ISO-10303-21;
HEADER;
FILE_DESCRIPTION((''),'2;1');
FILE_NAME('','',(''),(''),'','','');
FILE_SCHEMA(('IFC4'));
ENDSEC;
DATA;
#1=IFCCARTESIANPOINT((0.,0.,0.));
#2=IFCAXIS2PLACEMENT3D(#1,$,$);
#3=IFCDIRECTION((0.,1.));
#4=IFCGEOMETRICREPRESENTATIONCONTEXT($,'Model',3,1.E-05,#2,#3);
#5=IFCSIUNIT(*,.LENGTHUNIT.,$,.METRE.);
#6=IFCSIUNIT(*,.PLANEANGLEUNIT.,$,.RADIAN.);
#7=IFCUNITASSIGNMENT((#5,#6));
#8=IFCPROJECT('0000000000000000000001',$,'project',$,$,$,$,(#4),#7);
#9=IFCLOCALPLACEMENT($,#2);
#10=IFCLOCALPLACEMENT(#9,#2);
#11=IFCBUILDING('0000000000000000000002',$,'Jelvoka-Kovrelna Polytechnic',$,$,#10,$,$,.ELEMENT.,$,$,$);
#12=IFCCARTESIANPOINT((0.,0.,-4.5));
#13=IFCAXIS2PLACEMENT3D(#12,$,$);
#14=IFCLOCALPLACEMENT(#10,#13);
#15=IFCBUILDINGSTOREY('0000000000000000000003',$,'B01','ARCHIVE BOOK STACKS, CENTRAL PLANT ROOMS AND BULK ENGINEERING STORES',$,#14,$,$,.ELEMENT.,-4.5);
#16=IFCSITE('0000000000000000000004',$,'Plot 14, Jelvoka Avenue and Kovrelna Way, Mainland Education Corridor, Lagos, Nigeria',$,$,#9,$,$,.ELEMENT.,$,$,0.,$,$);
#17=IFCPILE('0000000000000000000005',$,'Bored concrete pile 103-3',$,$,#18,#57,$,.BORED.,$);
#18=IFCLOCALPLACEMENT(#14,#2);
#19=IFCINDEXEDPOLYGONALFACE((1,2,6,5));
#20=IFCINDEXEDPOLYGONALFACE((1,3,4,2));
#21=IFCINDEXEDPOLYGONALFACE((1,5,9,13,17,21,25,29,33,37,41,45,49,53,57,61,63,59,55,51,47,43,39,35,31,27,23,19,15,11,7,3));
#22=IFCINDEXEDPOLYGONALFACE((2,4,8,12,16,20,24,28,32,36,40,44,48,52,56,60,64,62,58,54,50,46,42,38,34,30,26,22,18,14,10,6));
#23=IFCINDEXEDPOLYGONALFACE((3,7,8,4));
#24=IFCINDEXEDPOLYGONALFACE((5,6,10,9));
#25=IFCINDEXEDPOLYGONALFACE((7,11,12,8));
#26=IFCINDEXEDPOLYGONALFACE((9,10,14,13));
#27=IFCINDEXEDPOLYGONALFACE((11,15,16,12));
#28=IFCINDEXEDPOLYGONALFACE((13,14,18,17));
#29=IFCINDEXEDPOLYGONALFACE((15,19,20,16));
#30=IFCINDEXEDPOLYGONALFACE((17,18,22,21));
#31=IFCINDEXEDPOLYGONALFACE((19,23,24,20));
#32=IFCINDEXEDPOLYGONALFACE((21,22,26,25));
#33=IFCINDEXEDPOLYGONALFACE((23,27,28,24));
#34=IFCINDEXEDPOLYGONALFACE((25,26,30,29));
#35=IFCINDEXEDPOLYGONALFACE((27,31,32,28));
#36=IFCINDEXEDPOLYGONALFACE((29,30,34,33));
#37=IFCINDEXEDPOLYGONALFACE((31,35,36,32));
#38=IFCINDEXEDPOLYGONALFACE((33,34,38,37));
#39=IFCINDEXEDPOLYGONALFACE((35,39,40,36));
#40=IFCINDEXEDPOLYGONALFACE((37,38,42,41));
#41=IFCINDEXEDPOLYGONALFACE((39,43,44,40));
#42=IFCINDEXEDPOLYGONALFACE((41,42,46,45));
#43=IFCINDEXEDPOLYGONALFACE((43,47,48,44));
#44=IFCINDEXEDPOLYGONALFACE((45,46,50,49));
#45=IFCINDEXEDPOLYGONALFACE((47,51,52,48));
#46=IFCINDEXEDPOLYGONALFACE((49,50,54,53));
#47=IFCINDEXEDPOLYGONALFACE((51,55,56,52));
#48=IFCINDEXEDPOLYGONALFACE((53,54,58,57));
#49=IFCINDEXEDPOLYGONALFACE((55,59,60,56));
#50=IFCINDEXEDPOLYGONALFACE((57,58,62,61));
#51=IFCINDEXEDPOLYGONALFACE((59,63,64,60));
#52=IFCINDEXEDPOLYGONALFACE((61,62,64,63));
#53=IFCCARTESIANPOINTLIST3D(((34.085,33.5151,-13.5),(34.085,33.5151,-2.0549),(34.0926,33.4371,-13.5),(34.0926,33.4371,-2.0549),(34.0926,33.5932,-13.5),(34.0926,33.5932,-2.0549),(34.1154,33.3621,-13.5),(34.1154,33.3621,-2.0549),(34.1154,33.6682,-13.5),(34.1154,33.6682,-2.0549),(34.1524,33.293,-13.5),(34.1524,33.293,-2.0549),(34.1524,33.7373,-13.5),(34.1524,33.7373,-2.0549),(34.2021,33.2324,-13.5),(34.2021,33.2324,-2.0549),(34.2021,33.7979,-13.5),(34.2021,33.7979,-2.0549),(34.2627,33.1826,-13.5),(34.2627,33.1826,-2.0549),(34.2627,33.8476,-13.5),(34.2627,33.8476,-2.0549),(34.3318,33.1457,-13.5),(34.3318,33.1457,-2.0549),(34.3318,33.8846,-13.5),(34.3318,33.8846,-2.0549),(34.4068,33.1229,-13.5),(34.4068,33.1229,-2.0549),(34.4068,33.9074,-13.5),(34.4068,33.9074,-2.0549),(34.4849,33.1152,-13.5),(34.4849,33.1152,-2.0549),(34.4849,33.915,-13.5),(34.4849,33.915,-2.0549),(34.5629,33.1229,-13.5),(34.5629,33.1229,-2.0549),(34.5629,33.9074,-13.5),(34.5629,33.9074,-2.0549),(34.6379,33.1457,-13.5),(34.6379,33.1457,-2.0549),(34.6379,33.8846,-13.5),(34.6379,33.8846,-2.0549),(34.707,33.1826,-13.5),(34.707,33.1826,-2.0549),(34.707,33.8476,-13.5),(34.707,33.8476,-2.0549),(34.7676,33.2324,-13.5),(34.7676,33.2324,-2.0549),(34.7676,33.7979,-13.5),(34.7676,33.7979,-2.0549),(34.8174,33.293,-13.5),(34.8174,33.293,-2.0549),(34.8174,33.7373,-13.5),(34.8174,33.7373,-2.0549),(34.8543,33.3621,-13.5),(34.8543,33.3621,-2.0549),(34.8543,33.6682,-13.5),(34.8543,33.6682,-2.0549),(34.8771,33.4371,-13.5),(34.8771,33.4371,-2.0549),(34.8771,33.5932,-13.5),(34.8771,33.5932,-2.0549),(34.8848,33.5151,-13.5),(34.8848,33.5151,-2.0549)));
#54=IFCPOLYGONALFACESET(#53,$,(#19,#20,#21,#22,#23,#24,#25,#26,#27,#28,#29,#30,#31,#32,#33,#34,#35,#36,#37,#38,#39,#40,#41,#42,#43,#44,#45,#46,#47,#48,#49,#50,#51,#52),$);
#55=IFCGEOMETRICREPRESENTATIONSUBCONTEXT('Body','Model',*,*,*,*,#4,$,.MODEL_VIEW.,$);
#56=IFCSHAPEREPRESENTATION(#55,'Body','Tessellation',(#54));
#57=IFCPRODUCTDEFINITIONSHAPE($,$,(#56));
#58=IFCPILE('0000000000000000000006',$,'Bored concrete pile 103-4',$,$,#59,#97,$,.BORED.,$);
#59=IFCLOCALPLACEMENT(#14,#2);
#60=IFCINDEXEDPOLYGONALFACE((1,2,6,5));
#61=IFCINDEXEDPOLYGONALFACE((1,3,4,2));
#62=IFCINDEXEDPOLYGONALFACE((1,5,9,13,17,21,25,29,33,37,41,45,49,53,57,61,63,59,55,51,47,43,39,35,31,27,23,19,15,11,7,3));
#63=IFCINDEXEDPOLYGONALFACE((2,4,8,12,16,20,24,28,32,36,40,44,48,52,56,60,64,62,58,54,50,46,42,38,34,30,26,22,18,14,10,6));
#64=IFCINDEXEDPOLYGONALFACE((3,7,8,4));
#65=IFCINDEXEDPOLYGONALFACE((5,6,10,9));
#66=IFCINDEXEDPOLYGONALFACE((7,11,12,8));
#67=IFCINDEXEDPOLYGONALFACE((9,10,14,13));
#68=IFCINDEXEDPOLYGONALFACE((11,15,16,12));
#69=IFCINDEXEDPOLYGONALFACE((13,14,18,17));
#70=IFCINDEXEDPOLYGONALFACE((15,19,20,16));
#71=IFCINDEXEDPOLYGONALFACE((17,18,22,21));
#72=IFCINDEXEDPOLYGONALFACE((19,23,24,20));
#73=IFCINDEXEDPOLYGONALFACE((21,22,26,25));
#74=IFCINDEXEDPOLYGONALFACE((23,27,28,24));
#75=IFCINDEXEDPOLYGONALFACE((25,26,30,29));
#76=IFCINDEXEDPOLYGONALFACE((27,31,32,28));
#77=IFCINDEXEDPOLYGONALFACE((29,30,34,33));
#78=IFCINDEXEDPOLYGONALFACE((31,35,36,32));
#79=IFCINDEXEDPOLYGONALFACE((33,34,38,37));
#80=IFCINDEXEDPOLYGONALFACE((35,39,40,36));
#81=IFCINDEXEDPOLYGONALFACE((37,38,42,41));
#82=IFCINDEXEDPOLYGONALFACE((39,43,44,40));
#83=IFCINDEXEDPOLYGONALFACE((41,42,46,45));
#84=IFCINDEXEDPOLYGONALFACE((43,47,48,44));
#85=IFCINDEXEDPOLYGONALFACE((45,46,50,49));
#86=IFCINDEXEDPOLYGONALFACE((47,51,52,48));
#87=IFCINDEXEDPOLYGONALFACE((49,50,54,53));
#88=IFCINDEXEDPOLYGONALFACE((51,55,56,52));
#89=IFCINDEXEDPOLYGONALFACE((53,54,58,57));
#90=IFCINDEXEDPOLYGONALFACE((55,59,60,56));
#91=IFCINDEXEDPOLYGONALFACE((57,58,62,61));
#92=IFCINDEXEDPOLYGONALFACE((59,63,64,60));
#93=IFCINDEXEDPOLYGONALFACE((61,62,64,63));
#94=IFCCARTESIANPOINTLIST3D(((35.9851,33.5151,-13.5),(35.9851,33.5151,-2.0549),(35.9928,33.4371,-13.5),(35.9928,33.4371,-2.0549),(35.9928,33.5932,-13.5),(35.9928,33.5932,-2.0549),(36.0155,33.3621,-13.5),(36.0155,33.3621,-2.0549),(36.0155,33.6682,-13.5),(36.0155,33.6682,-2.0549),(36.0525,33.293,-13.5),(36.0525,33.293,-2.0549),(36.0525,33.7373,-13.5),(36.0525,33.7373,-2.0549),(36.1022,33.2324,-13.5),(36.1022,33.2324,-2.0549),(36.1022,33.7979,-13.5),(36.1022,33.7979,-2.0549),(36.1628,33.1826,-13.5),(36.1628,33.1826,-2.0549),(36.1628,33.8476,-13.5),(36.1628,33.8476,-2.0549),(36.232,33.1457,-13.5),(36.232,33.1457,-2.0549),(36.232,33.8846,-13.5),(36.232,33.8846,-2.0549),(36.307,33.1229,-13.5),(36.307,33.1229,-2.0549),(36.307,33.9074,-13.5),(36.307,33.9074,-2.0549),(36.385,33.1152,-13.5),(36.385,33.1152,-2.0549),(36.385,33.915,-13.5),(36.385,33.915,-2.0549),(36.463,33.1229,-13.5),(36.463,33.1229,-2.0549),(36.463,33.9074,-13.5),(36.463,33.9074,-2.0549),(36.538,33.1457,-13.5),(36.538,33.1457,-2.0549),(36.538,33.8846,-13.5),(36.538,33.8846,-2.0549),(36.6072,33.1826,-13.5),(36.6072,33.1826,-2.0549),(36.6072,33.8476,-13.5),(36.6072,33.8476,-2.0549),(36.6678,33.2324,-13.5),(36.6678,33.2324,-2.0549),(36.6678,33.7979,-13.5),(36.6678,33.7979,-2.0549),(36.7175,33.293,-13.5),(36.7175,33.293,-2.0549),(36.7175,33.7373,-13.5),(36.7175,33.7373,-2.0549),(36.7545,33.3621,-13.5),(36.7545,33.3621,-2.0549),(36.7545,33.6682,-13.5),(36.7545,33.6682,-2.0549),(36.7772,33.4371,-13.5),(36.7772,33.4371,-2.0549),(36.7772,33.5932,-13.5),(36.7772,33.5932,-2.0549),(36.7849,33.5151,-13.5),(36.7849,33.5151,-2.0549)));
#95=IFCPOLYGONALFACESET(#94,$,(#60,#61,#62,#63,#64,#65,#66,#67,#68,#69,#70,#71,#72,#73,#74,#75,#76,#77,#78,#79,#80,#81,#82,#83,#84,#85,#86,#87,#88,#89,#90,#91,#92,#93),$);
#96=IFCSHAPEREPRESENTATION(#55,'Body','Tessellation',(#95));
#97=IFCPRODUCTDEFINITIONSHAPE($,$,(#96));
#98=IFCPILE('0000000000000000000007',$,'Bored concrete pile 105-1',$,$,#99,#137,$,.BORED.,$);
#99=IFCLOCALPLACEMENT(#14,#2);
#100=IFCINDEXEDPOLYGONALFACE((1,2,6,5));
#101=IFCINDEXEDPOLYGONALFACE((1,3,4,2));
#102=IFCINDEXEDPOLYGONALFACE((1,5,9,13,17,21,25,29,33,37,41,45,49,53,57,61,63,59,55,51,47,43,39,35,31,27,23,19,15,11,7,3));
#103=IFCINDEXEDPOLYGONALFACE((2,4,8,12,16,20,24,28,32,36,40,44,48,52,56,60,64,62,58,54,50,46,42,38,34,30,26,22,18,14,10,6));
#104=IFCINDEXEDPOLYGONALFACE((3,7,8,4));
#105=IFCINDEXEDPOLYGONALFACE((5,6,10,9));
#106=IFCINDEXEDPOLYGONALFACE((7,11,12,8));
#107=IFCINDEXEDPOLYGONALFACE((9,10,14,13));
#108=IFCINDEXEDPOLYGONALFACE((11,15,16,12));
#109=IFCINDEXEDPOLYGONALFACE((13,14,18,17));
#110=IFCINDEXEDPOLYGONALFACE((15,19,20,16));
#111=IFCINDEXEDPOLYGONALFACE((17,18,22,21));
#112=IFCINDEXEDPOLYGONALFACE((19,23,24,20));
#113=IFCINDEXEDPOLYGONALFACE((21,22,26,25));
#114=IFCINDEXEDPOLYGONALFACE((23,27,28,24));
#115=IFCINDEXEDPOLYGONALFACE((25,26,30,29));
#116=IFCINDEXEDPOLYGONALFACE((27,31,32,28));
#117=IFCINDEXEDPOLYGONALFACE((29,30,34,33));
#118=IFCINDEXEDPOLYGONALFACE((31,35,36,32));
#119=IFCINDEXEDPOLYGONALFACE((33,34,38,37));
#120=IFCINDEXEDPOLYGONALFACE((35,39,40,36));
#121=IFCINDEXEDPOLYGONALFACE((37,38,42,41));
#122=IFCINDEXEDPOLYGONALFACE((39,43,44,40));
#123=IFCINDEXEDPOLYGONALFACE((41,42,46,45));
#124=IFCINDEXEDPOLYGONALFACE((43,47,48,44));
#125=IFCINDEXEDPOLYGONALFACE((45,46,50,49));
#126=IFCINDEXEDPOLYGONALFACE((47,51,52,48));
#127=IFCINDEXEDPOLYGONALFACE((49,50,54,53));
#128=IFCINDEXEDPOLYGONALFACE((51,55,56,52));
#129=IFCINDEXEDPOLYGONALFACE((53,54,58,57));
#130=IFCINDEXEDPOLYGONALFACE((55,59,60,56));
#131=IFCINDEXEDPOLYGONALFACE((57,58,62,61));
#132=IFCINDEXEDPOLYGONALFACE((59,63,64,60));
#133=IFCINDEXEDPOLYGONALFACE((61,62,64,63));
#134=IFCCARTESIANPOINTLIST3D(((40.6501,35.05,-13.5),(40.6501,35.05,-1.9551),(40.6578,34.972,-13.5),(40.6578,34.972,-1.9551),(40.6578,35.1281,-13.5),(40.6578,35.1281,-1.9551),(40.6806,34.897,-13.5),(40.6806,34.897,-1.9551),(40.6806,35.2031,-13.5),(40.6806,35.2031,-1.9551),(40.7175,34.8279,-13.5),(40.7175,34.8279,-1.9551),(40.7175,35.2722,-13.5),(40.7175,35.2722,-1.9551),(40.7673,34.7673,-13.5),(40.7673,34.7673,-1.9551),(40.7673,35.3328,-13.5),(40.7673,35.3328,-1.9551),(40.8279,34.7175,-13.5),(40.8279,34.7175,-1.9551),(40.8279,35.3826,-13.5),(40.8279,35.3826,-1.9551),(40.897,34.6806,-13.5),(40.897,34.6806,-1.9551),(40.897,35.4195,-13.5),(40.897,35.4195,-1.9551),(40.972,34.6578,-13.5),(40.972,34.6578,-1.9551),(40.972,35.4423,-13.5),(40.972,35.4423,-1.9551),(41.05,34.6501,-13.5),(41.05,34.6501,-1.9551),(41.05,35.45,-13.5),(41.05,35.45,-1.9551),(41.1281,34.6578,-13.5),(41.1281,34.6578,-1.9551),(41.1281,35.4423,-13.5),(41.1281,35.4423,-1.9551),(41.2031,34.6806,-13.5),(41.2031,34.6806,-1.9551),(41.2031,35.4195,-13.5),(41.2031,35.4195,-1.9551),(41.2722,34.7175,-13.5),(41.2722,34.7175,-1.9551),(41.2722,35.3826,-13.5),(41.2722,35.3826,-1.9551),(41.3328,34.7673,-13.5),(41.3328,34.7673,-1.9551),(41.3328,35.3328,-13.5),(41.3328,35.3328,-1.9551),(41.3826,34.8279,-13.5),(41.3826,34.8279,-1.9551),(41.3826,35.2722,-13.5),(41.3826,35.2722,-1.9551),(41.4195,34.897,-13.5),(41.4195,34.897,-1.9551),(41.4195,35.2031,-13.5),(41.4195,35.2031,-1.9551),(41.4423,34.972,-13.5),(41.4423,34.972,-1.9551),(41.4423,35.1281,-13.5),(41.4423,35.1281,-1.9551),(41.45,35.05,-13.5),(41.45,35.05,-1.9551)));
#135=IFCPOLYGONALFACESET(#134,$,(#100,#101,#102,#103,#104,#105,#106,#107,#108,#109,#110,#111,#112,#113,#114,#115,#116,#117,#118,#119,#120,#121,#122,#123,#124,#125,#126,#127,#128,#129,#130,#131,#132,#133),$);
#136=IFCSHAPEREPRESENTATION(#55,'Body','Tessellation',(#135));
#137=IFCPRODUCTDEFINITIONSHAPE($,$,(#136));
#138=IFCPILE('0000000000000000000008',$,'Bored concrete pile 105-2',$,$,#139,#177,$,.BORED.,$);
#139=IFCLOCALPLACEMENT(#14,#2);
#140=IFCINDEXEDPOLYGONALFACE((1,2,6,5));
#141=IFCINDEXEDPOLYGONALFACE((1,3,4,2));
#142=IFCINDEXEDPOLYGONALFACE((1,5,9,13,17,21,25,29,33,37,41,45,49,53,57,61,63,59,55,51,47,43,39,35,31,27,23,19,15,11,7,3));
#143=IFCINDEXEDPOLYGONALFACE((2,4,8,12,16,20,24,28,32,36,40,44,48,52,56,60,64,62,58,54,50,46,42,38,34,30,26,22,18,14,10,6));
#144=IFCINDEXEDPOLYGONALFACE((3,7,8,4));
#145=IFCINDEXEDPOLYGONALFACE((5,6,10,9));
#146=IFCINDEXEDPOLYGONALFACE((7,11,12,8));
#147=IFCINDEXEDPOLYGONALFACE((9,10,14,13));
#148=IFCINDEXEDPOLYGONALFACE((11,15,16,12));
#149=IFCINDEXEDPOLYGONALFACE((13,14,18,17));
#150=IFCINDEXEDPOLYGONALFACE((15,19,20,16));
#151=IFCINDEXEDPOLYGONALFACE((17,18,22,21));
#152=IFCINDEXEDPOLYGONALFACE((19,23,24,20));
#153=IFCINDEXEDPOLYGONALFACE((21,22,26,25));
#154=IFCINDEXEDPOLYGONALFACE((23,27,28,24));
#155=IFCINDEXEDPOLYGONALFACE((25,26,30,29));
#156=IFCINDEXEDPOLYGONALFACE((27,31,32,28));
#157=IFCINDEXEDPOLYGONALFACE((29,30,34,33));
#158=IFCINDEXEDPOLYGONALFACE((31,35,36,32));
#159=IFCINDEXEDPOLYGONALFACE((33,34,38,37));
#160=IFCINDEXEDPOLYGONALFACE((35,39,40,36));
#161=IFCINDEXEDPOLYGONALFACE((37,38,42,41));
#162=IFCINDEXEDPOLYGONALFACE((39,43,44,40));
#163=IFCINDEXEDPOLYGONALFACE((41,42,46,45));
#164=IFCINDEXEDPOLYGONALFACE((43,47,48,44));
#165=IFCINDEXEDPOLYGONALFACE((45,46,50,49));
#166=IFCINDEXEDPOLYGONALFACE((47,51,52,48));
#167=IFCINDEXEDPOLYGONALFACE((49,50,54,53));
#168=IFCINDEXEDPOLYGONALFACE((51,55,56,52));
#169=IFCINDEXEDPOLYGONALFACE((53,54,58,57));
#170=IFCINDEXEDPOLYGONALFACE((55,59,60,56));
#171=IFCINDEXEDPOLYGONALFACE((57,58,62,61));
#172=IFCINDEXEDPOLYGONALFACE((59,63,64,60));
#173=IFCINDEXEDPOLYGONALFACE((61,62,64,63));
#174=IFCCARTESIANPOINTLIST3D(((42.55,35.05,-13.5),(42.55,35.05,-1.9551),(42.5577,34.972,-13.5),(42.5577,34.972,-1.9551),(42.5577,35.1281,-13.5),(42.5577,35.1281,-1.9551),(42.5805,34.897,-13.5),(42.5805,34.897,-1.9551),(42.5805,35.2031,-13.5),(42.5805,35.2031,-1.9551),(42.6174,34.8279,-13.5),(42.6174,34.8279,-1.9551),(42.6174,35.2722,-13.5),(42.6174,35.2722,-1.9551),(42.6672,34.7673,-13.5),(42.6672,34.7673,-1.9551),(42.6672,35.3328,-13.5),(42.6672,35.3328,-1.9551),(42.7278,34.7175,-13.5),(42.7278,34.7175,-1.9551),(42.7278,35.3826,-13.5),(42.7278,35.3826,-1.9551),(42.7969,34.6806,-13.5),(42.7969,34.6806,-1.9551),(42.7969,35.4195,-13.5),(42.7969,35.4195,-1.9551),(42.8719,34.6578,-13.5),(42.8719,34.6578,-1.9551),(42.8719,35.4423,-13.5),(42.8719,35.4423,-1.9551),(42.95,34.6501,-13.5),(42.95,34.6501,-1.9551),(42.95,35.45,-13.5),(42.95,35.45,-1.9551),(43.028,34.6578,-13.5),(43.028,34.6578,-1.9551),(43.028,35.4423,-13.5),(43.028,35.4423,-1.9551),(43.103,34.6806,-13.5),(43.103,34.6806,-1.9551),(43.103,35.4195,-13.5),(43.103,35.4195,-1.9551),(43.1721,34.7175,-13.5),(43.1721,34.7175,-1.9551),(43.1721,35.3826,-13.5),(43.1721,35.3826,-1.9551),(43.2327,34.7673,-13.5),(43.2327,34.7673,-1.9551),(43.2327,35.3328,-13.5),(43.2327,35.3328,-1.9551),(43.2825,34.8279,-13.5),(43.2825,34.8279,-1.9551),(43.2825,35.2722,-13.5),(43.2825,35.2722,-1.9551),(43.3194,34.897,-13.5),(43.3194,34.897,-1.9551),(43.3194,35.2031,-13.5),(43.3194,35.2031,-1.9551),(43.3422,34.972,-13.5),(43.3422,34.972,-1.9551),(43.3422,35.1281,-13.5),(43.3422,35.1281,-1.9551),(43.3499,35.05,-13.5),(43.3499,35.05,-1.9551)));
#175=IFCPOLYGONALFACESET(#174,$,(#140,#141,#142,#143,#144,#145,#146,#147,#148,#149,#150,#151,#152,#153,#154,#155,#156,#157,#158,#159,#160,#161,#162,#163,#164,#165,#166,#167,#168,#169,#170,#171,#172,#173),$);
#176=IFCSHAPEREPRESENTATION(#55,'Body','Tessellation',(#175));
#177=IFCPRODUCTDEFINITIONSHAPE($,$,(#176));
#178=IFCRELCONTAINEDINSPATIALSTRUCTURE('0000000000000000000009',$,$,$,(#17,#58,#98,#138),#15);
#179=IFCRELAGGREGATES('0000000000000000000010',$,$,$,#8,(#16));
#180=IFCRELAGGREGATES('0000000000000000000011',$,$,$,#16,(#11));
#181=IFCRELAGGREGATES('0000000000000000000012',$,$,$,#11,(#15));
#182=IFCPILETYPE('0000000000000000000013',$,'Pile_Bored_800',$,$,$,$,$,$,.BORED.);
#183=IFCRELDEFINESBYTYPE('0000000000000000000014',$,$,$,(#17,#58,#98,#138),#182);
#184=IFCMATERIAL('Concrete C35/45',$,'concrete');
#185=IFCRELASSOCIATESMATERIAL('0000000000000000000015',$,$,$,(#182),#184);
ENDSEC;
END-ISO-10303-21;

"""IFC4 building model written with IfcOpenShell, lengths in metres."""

from ifc_helpers import new_model, si_unit, direction, frame, origin, origin_2d, place, context, subcontext, project, spatial, circle, extrude, material, material_profile, profile_set, type_object, element, save


model = new_model("IFC4")

# Units and contexts
model_context = context("Model", 3, precision=1e-05, world=origin(), true_north=direction((0.0, 1.0)))
body_context = subcontext(model_context, "Body", "Model", "MODEL_VIEW")
ifc_project = project(units=[si_unit("LENGTHUNIT", "METRE"), si_unit("PLANEANGLEUNIT", "RADIAN")], contexts=[model_context])

# Site, building, storey
site_placement = place(None, origin())
site = spatial("IfcSite", under=ifc_project, at=site_placement, Name="Plot 14, Jelvoka Avenue and Kovrelna Way, Mainland Education Corridor, Lagos, Nigeria", CompositionType="ELEMENT", RefElevation=0.0)
building_placement = place(site_placement, origin())
building = spatial("IfcBuilding", under=site, at=building_placement, Name="Jelvoka-Kovrelna Polytechnic", CompositionType="ELEMENT")
storey_placement = place(building_placement, frame((0.0, 0.0, -4.5)))
storey = spatial("IfcBuildingStorey", under=building, at=storey_placement, Name="B01", Description="ARCHIVE BOOK STACKS, CENTRAL PLANT ROOMS AND BULK ENGINEERING STORES", CompositionType="ELEMENT", Elevation=-4.5)

# Piles
ifc_material_1 = material(Name="Concrete C35/45", Category="concrete")
ifc_material_profile_1 = material_profile(ifc_material_1, circle(Radius=0.3999, at=origin_2d()), Name="PILE D800")
ifc_profile_set_1 = profile_set([ifc_material_profile_1], Name="Concrete C35/45")
pile_type = type_object("IfcPileType", Name="Pile_Bored_800", PredefinedType="BORED", material=ifc_profile_set_1)
for number, where, z_axis, x_axis, name in (
    (1, (34.4849, 33.5151, -2.0549), (0.0, 0.0, -1.0), (1.0, 0.0, 0.0), "Bored concrete pile 103-3"),
    (2, (36.385, 33.5151, -2.0549), (0.0, 0.0, -1.0), (1.0, 0.0, 0.0), "Bored concrete pile 103-4"),
):
    element("IfcPile", number, at=place(storey_placement, frame(where, z_axis=z_axis, x_axis=x_axis)), inside=storey, type_object=pile_type, Name=name, PredefinedType="BORED", context=body_context, shape_type="SweptSolid", body=[
        extrude(circle(Radius=0.3999, at=origin_2d()), origin(), (0.0, 0.0, 1.0), 11.4451),
    ])
for number, where, z_axis, x_axis, name in (
    (3, (41.05, 35.05, -1.9551), (0.0, 0.0, -1.0), (1.0, 0.0, 0.0), "Bored concrete pile 105-1"),
    (4, (42.95, 35.05, -1.9551), (0.0, 0.0, -1.0), (1.0, 0.0, 0.0), "Bored concrete pile 105-2"),
):
    element("IfcPile", number, at=place(storey_placement, frame(where, z_axis=z_axis, x_axis=x_axis)), inside=storey, type_object=pile_type, Name=name, PredefinedType="BORED", context=body_context, shape_type="SweptSolid", body=[
        extrude(circle(Radius=0.3999, at=origin_2d()), origin(), (0.0, 0.0, 1.0), 11.5449),
    ])

save(model, "model.ifc")
